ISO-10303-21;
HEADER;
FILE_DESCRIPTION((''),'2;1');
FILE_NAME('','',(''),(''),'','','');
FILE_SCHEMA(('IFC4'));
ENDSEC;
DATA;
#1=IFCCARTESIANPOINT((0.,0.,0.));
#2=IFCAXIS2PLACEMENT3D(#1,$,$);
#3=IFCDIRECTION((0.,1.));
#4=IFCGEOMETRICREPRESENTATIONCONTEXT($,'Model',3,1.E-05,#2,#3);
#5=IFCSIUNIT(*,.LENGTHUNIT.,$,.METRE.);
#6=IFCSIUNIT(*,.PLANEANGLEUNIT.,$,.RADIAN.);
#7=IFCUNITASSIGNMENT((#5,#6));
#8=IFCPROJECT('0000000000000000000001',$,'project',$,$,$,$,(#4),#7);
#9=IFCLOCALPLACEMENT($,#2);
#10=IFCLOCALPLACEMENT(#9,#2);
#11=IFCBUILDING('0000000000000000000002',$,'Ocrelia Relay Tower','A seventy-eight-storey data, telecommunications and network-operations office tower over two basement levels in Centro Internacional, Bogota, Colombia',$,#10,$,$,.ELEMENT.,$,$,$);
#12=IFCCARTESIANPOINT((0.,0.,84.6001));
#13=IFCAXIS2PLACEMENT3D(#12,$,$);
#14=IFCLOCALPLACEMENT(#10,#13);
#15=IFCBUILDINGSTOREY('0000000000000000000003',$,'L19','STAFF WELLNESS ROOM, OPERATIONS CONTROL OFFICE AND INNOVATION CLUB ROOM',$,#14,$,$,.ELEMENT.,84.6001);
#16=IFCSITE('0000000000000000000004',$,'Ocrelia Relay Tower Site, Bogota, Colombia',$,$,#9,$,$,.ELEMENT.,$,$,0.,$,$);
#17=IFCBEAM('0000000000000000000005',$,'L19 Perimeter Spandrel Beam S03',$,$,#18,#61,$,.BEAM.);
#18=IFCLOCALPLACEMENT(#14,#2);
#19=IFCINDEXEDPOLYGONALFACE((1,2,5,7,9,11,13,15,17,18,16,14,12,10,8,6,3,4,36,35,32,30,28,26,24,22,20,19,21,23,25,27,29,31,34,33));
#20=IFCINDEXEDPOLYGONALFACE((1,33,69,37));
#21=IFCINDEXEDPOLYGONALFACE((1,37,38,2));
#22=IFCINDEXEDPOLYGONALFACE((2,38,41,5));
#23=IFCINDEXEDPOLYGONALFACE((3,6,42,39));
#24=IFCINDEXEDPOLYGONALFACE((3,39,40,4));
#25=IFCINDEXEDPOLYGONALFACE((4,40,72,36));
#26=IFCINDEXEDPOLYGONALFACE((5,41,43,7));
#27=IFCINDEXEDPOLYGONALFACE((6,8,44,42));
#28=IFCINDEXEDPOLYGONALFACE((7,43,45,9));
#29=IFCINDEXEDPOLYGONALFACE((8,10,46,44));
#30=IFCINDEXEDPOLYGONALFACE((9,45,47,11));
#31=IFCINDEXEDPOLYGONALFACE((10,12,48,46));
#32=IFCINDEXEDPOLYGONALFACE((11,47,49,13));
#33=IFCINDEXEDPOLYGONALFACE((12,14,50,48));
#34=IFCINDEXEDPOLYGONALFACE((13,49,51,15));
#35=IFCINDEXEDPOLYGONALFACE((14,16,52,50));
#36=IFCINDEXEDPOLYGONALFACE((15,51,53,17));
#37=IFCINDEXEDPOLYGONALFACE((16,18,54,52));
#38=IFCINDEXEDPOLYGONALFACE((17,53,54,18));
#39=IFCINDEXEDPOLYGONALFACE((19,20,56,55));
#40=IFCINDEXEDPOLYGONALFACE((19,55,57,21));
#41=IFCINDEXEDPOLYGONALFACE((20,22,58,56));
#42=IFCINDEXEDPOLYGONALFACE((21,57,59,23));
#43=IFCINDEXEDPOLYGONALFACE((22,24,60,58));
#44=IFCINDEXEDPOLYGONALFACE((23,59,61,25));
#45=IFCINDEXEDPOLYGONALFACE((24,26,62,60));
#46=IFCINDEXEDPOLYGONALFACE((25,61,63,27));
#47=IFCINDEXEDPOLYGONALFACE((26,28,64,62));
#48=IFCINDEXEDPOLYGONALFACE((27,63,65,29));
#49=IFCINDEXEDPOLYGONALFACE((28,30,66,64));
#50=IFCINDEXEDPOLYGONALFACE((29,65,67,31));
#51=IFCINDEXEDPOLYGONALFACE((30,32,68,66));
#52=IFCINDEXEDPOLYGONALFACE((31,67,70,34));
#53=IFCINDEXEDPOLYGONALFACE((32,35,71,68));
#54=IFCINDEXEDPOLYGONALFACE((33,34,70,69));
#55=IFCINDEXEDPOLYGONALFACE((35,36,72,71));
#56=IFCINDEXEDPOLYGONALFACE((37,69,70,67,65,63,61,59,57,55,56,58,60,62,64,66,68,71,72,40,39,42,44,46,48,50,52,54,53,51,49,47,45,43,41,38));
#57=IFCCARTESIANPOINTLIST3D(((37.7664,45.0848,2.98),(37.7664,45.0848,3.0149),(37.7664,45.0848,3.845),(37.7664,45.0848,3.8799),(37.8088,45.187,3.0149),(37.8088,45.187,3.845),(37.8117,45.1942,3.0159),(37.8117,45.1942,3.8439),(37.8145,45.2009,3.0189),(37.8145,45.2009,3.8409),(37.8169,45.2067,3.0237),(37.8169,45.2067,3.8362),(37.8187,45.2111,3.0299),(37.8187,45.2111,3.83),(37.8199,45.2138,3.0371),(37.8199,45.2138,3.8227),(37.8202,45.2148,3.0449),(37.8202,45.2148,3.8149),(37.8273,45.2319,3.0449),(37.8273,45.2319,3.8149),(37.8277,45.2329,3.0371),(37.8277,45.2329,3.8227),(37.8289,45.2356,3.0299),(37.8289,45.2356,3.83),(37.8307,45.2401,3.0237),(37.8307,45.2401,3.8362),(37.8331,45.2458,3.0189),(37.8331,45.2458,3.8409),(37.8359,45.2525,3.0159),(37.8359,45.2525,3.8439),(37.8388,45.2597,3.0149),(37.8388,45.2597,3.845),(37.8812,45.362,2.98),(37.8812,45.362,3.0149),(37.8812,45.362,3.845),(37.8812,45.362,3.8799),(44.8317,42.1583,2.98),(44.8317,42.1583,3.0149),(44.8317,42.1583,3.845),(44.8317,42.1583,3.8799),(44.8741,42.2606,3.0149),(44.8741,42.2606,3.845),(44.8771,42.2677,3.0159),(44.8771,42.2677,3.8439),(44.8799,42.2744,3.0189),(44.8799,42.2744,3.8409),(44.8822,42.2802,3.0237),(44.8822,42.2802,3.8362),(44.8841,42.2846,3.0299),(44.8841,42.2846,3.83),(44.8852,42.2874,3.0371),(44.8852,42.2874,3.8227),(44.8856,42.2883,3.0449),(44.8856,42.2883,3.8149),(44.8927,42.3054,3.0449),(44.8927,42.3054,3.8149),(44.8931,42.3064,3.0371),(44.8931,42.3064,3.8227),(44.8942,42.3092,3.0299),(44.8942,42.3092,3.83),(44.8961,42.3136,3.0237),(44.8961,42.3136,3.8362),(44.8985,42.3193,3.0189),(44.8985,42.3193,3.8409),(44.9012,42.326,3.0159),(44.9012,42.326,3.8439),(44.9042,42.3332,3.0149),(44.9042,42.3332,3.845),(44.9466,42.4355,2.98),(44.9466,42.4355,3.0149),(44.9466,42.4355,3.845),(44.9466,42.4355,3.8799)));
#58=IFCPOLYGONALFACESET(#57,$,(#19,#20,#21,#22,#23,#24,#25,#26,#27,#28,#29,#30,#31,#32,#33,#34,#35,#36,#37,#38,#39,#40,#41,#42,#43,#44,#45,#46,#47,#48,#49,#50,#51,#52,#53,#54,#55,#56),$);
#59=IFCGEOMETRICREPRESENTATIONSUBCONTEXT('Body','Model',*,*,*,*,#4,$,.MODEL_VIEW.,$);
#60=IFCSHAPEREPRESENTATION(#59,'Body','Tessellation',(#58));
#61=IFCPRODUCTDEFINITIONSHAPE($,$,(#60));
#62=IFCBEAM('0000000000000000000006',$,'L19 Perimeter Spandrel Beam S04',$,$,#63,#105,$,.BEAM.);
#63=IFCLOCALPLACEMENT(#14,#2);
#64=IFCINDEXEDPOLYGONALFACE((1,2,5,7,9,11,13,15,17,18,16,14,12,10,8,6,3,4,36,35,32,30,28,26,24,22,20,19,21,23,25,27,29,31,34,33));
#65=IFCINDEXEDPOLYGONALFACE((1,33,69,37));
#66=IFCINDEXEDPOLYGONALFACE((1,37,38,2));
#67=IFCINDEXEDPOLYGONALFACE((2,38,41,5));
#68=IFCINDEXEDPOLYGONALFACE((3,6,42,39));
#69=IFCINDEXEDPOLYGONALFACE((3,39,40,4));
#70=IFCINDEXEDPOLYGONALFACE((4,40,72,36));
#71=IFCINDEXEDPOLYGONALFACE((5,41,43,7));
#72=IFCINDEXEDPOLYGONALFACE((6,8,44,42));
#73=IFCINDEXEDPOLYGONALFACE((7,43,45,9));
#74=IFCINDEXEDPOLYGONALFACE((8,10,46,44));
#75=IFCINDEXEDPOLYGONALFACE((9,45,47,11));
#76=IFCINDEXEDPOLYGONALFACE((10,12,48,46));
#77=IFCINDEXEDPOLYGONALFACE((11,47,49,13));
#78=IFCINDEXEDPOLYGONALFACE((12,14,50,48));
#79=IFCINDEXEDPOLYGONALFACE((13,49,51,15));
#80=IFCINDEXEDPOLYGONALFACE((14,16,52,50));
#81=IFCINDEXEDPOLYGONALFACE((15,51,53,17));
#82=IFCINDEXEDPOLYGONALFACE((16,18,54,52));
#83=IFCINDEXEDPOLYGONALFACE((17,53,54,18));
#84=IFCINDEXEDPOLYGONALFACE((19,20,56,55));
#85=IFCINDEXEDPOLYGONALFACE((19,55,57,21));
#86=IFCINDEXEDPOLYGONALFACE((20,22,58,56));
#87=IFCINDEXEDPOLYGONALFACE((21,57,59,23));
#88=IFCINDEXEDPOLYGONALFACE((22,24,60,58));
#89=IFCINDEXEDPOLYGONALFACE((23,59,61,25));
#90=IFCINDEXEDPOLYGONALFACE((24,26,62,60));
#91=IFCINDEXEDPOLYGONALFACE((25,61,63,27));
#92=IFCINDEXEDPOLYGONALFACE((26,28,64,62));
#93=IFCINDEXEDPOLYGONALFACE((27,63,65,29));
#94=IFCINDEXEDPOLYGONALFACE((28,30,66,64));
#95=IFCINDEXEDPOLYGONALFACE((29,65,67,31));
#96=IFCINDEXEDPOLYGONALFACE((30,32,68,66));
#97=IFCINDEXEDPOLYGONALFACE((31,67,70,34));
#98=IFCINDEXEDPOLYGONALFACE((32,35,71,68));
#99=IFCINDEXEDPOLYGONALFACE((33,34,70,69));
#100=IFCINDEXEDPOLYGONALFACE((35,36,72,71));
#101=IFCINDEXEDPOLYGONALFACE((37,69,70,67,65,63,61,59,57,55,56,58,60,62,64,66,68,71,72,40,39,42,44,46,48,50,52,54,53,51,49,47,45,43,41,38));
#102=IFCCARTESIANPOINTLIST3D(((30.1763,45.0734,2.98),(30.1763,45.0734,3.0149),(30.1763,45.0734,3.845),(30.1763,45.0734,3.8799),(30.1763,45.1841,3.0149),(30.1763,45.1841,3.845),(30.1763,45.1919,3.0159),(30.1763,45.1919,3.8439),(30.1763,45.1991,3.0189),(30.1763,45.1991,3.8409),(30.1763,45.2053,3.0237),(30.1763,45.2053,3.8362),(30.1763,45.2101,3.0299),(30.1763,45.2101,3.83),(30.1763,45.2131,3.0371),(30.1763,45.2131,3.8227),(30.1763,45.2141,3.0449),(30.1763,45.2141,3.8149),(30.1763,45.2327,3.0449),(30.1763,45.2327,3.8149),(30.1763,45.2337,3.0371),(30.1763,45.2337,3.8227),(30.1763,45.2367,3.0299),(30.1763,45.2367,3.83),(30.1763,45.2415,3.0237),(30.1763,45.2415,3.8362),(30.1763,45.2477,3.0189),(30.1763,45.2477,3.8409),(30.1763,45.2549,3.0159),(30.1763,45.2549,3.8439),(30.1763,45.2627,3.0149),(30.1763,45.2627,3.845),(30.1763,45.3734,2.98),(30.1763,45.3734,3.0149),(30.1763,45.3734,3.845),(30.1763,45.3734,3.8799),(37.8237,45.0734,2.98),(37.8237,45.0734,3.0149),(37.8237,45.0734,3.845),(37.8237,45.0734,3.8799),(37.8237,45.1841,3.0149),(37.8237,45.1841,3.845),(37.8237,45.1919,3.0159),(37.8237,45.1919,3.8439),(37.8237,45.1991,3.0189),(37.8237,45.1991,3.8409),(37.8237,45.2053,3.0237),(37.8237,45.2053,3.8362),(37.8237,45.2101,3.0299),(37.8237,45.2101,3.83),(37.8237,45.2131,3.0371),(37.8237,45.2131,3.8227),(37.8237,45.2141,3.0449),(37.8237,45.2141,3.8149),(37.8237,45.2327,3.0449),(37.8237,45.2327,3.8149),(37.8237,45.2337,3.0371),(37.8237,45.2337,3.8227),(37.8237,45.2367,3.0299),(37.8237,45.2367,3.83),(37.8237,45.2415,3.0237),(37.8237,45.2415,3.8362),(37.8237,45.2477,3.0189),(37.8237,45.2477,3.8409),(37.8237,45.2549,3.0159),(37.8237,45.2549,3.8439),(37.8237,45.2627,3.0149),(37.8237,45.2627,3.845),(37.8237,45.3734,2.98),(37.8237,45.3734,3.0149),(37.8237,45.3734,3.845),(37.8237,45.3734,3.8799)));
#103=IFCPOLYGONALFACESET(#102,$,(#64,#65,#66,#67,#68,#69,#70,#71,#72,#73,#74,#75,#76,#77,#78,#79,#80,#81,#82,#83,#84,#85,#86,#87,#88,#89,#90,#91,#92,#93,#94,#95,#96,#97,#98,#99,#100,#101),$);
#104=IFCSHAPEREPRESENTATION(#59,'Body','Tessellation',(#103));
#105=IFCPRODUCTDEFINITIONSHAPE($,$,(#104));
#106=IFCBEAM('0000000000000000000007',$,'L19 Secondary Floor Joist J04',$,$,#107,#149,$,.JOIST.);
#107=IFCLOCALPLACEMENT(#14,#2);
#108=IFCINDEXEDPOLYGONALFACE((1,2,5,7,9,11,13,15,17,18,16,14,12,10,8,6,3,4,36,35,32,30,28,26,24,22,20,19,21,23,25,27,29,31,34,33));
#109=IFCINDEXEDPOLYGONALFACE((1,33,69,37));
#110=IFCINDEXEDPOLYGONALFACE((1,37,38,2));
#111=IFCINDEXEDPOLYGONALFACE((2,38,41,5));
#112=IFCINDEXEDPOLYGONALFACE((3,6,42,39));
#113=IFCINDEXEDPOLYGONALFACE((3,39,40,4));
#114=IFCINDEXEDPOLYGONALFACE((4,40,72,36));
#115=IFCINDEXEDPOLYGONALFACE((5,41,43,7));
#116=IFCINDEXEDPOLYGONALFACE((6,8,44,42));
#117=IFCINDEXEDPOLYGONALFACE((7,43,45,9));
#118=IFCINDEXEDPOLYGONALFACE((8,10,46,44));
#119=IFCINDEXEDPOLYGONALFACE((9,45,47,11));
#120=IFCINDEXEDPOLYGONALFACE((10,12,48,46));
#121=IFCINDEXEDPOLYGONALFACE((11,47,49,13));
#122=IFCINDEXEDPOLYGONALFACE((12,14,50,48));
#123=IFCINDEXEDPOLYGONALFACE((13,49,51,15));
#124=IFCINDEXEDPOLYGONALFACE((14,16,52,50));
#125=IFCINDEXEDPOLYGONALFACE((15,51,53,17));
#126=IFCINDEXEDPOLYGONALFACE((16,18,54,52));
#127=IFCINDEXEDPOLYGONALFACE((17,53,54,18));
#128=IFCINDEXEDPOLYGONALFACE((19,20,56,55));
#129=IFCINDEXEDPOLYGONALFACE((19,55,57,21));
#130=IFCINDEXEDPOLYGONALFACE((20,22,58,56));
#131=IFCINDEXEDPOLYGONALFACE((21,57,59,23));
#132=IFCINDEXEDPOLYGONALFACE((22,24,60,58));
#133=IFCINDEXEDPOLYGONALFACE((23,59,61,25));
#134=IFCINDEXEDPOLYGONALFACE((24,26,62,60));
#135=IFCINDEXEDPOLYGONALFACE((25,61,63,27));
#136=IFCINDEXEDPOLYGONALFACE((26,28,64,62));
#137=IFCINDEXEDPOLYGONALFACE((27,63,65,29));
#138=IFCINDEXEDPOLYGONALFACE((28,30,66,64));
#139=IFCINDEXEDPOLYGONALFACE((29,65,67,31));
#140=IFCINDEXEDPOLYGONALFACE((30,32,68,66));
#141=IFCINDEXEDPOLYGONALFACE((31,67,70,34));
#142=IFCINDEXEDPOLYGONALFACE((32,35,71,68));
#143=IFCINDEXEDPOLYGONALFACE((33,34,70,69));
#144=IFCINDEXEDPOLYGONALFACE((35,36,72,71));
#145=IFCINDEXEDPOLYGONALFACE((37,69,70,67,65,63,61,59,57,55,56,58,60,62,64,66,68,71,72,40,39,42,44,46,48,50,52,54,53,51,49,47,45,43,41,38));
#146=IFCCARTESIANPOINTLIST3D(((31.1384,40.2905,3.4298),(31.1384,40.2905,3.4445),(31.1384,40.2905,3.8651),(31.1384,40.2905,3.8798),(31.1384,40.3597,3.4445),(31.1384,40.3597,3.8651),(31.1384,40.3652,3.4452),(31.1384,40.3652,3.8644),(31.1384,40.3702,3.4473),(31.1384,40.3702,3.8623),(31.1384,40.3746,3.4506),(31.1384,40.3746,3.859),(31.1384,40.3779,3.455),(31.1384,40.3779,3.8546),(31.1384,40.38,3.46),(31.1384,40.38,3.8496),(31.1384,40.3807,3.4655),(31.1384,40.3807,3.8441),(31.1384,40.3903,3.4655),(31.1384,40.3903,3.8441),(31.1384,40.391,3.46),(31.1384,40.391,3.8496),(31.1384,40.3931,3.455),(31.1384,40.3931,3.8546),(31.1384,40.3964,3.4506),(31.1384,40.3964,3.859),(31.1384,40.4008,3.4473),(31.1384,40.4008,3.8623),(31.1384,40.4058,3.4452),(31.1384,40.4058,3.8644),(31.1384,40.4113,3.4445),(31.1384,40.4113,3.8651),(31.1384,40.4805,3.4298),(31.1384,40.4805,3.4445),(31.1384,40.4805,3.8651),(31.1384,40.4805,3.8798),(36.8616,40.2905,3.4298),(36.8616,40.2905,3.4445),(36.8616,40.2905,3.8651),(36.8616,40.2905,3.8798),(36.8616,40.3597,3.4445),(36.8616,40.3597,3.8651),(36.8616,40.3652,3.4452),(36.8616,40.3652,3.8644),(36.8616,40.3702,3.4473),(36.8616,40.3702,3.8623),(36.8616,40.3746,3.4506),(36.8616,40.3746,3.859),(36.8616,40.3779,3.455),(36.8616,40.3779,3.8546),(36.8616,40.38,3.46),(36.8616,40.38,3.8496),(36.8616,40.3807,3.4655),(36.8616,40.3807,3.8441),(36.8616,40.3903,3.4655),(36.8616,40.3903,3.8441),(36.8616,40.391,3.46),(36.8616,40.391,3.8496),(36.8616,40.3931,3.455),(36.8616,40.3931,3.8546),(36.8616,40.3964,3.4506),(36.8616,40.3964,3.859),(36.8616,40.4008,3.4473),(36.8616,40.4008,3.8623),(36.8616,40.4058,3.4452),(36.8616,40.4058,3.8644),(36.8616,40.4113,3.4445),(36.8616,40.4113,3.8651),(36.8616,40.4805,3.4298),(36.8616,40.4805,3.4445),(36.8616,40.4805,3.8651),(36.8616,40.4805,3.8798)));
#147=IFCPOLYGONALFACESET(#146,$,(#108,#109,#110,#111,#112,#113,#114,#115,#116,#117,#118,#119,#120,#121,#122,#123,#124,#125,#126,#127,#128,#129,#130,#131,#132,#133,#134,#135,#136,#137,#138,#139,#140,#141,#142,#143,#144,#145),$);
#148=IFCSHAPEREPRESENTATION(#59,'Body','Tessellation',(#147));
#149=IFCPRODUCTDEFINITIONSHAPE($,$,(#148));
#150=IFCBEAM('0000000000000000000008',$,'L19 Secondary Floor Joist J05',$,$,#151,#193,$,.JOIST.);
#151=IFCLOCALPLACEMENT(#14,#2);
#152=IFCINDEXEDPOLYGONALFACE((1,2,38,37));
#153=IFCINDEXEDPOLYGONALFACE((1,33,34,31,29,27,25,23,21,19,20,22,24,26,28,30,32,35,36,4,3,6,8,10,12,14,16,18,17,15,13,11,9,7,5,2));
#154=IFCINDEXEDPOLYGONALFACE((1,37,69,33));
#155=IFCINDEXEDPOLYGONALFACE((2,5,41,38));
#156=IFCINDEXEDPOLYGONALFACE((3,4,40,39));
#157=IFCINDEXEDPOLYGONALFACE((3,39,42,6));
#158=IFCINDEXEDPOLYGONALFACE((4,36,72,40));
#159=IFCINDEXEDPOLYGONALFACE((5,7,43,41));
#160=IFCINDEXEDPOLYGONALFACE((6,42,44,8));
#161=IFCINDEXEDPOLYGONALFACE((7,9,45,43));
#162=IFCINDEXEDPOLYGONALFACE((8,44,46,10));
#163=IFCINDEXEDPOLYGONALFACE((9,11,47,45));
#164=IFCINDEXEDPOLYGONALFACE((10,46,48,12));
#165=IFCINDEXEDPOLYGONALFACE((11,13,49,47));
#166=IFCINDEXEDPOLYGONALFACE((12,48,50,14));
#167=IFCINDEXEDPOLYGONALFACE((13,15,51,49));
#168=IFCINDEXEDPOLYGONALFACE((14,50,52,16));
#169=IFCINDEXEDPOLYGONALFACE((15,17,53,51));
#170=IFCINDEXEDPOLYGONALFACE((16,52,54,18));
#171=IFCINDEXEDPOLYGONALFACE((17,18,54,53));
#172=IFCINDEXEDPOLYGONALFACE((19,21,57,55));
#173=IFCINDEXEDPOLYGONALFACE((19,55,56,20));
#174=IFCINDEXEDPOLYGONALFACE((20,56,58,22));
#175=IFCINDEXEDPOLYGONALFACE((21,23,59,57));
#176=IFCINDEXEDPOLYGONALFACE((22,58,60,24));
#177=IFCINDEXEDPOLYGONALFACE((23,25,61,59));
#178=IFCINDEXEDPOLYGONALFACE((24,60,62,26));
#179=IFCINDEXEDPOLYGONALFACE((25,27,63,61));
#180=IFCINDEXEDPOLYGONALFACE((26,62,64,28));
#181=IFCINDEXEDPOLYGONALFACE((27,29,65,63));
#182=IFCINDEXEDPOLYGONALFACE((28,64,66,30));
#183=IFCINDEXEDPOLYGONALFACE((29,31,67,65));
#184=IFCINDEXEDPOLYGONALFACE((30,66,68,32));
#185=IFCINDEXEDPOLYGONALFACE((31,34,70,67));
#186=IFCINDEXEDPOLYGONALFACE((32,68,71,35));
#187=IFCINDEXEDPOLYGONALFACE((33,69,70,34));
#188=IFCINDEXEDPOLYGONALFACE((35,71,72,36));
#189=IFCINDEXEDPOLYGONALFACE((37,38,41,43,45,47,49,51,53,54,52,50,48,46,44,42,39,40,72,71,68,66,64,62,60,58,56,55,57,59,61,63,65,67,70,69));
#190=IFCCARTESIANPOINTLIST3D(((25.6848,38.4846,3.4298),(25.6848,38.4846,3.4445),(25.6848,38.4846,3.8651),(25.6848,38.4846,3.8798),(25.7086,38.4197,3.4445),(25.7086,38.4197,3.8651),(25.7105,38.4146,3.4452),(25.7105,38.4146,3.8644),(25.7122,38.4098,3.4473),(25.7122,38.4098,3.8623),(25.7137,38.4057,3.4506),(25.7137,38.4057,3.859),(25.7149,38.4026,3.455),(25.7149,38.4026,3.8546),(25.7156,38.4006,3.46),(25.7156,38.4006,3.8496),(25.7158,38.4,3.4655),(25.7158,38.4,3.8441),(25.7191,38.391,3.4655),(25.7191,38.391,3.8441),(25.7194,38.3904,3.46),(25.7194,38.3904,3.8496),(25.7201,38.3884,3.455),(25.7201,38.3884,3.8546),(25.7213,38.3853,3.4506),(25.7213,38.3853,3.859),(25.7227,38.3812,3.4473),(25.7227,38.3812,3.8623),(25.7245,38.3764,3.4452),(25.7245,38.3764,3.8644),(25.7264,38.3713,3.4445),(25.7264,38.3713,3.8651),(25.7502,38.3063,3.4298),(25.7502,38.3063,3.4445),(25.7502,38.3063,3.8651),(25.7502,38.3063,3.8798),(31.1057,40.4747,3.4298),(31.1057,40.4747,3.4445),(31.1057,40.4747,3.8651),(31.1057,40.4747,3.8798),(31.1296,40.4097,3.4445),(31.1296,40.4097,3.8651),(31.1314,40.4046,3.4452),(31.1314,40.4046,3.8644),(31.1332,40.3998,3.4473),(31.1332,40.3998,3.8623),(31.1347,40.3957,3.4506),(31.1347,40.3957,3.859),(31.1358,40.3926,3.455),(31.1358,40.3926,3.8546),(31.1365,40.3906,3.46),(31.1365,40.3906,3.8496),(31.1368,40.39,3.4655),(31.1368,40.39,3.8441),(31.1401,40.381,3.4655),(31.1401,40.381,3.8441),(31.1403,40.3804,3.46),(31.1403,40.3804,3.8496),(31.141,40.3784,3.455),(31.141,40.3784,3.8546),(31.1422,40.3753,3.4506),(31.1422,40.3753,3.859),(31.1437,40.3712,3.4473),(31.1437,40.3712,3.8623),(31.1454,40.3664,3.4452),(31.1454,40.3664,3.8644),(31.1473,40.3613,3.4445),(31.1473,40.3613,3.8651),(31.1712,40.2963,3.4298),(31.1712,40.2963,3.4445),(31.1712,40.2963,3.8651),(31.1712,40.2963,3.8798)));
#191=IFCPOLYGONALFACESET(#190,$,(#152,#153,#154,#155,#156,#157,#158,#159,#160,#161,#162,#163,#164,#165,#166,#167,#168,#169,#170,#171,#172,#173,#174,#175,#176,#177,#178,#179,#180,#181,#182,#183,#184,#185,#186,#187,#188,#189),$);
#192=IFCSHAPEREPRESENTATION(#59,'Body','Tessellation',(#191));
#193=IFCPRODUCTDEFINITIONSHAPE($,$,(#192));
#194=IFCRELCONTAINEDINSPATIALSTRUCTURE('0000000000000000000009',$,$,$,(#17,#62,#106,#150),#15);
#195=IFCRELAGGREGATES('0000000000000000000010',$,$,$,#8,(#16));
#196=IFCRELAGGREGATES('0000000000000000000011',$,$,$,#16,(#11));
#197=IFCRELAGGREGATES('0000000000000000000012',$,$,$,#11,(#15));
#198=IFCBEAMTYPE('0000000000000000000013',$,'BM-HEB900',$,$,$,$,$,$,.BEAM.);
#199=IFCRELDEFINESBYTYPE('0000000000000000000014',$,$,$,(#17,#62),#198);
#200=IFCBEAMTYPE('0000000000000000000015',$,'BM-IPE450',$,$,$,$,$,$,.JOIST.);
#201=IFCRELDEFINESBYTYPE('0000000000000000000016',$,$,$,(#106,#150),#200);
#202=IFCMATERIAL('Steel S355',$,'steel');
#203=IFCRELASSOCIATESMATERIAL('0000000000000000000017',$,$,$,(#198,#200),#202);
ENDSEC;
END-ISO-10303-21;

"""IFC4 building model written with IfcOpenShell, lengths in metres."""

from ifc_helpers import new_model, si_unit, direction, frame, origin, origin_2d, place, context, subcontext, project, spatial, i_section, extrude, material, material_profile, profile_set, type_object, element, save


model = new_model("IFC4")

# Units and contexts
model_context = context("Model", 3, precision=1e-05, world=origin(), true_north=direction((0.0, 1.0)))
body_context = subcontext(model_context, "Body", "Model", "MODEL_VIEW")
ifc_project = project(units=[si_unit("LENGTHUNIT", "METRE"), si_unit("PLANEANGLEUNIT", "RADIAN")], contexts=[model_context])

# Site, building, storey
site_placement = place(None, origin())
site = spatial("IfcSite", under=ifc_project, at=site_placement, Name="Ocrelia Relay Tower Site, Bogota, Colombia", CompositionType="ELEMENT", RefElevation=0.0)
building_placement = place(site_placement, origin())
building = spatial("IfcBuilding", under=site, at=building_placement, Name="Ocrelia Relay Tower", Description="A seventy-eight-storey data, telecommunications and network-operations office tower over two basement levels in Centro Internacional, Bogota, Colombia", CompositionType="ELEMENT")
storey_placement = place(building_placement, frame((0.0, 0.0, 84.6001)))
storey = spatial("IfcBuildingStorey", under=building, at=storey_placement, Name="L19", Description="STAFF WELLNESS ROOM, OPERATIONS CONTROL OFFICE AND INNOVATION CLUB ROOM", CompositionType="ELEMENT", Elevation=84.6001)

# Beams
ifc_material_1 = material(Name="Steel S355", Category="steel")
ifc_material_profile_1 = material_profile(ifc_material_1, i_section(OverallWidth=0.3, OverallDepth=0.8999, WebThickness=0.0186, FlangeThickness=0.0349, FilletRadius=0.03, at=origin_2d()), Name="HEB 900")
ifc_profile_set_1 = profile_set([ifc_material_profile_1], Name="Steel S355")
beam_type_1 = type_object("IfcBeamType", Name="BM-HEB900", PredefinedType="BEAM", material=ifc_profile_set_1)
for number, where, z_axis, x_axis, name in (
    (1, (44.8892, 42.2969, 3.4299), (-0.923883, 0.382674, 0.0), (-0.382674, -0.923883, 0.0), "L19 Perimeter Spandrel Beam S03"),
    (2, (37.8237, 45.2234, 3.4299), (-1.0, 0.0, 0.0), (0.0, -1.0, 0.0), "L19 Perimeter Spandrel Beam S04"),
):
    element("IfcBeam", number, at=place(storey_placement, frame(where, z_axis=z_axis, x_axis=x_axis)), inside=storey, type_object=beam_type_1, Name=name, PredefinedType="BEAM", context=body_context, shape_type="SweptSolid", body=[
        extrude(i_section(OverallWidth=0.3, OverallDepth=0.8999, WebThickness=0.0186, FlangeThickness=0.0349, FilletRadius=0.03, at=origin_2d()), origin(), (0.0, 0.0, 1.0), 7.6475),
    ])
ifc_material_profile_2 = material_profile(ifc_material_1, i_section(OverallWidth=0.1899, OverallDepth=0.45, WebThickness=0.0095, FlangeThickness=0.0146, FilletRadius=0.021, at=origin_2d()), Name="IPE 450")
ifc_profile_set_2 = profile_set([ifc_material_profile_2], Name="Steel S355")
beam_type_2 = type_object("IfcBeamType", Name="BM-IPE450", PredefinedType="JOIST", material=ifc_profile_set_2)
beam_1_placement = place(storey_placement, frame((36.8616, 40.3855, 3.6548), z_axis=(-1.0, 0.0, 0.0), x_axis=(0.0, -1.0, 0.0)))
element("IfcBeam", 3, at=beam_1_placement, inside=storey, type_object=beam_type_2, Name="L19 Secondary Floor Joist J04", PredefinedType="JOIST", context=body_context, shape_type="SweptSolid", body=[
    extrude(i_section(OverallWidth=0.1899, OverallDepth=0.45, WebThickness=0.0095, FlangeThickness=0.0146, FilletRadius=0.021, at=origin_2d()), origin(), (0.0, 0.0, 1.0), 5.7231),
])
beam_2_placement = place(storey_placement, frame((31.1384, 40.3855, 3.6548), z_axis=(-0.938746, -0.34461, 0.0), x_axis=(0.34461, -0.938746, 0.0)))
element("IfcBeam", 4, at=beam_2_placement, inside=storey, type_object=beam_type_2, Name="L19 Secondary Floor Joist J05", PredefinedType="JOIST", context=body_context, shape_type="SweptSolid", body=[
    extrude(i_section(OverallWidth=0.1899, OverallDepth=0.45, WebThickness=0.0095, FlangeThickness=0.0146, FilletRadius=0.021, at=origin_2d()), origin(), (0.0, 0.0, 1.0), 5.7747),
])

save(model, "model.ifc")
